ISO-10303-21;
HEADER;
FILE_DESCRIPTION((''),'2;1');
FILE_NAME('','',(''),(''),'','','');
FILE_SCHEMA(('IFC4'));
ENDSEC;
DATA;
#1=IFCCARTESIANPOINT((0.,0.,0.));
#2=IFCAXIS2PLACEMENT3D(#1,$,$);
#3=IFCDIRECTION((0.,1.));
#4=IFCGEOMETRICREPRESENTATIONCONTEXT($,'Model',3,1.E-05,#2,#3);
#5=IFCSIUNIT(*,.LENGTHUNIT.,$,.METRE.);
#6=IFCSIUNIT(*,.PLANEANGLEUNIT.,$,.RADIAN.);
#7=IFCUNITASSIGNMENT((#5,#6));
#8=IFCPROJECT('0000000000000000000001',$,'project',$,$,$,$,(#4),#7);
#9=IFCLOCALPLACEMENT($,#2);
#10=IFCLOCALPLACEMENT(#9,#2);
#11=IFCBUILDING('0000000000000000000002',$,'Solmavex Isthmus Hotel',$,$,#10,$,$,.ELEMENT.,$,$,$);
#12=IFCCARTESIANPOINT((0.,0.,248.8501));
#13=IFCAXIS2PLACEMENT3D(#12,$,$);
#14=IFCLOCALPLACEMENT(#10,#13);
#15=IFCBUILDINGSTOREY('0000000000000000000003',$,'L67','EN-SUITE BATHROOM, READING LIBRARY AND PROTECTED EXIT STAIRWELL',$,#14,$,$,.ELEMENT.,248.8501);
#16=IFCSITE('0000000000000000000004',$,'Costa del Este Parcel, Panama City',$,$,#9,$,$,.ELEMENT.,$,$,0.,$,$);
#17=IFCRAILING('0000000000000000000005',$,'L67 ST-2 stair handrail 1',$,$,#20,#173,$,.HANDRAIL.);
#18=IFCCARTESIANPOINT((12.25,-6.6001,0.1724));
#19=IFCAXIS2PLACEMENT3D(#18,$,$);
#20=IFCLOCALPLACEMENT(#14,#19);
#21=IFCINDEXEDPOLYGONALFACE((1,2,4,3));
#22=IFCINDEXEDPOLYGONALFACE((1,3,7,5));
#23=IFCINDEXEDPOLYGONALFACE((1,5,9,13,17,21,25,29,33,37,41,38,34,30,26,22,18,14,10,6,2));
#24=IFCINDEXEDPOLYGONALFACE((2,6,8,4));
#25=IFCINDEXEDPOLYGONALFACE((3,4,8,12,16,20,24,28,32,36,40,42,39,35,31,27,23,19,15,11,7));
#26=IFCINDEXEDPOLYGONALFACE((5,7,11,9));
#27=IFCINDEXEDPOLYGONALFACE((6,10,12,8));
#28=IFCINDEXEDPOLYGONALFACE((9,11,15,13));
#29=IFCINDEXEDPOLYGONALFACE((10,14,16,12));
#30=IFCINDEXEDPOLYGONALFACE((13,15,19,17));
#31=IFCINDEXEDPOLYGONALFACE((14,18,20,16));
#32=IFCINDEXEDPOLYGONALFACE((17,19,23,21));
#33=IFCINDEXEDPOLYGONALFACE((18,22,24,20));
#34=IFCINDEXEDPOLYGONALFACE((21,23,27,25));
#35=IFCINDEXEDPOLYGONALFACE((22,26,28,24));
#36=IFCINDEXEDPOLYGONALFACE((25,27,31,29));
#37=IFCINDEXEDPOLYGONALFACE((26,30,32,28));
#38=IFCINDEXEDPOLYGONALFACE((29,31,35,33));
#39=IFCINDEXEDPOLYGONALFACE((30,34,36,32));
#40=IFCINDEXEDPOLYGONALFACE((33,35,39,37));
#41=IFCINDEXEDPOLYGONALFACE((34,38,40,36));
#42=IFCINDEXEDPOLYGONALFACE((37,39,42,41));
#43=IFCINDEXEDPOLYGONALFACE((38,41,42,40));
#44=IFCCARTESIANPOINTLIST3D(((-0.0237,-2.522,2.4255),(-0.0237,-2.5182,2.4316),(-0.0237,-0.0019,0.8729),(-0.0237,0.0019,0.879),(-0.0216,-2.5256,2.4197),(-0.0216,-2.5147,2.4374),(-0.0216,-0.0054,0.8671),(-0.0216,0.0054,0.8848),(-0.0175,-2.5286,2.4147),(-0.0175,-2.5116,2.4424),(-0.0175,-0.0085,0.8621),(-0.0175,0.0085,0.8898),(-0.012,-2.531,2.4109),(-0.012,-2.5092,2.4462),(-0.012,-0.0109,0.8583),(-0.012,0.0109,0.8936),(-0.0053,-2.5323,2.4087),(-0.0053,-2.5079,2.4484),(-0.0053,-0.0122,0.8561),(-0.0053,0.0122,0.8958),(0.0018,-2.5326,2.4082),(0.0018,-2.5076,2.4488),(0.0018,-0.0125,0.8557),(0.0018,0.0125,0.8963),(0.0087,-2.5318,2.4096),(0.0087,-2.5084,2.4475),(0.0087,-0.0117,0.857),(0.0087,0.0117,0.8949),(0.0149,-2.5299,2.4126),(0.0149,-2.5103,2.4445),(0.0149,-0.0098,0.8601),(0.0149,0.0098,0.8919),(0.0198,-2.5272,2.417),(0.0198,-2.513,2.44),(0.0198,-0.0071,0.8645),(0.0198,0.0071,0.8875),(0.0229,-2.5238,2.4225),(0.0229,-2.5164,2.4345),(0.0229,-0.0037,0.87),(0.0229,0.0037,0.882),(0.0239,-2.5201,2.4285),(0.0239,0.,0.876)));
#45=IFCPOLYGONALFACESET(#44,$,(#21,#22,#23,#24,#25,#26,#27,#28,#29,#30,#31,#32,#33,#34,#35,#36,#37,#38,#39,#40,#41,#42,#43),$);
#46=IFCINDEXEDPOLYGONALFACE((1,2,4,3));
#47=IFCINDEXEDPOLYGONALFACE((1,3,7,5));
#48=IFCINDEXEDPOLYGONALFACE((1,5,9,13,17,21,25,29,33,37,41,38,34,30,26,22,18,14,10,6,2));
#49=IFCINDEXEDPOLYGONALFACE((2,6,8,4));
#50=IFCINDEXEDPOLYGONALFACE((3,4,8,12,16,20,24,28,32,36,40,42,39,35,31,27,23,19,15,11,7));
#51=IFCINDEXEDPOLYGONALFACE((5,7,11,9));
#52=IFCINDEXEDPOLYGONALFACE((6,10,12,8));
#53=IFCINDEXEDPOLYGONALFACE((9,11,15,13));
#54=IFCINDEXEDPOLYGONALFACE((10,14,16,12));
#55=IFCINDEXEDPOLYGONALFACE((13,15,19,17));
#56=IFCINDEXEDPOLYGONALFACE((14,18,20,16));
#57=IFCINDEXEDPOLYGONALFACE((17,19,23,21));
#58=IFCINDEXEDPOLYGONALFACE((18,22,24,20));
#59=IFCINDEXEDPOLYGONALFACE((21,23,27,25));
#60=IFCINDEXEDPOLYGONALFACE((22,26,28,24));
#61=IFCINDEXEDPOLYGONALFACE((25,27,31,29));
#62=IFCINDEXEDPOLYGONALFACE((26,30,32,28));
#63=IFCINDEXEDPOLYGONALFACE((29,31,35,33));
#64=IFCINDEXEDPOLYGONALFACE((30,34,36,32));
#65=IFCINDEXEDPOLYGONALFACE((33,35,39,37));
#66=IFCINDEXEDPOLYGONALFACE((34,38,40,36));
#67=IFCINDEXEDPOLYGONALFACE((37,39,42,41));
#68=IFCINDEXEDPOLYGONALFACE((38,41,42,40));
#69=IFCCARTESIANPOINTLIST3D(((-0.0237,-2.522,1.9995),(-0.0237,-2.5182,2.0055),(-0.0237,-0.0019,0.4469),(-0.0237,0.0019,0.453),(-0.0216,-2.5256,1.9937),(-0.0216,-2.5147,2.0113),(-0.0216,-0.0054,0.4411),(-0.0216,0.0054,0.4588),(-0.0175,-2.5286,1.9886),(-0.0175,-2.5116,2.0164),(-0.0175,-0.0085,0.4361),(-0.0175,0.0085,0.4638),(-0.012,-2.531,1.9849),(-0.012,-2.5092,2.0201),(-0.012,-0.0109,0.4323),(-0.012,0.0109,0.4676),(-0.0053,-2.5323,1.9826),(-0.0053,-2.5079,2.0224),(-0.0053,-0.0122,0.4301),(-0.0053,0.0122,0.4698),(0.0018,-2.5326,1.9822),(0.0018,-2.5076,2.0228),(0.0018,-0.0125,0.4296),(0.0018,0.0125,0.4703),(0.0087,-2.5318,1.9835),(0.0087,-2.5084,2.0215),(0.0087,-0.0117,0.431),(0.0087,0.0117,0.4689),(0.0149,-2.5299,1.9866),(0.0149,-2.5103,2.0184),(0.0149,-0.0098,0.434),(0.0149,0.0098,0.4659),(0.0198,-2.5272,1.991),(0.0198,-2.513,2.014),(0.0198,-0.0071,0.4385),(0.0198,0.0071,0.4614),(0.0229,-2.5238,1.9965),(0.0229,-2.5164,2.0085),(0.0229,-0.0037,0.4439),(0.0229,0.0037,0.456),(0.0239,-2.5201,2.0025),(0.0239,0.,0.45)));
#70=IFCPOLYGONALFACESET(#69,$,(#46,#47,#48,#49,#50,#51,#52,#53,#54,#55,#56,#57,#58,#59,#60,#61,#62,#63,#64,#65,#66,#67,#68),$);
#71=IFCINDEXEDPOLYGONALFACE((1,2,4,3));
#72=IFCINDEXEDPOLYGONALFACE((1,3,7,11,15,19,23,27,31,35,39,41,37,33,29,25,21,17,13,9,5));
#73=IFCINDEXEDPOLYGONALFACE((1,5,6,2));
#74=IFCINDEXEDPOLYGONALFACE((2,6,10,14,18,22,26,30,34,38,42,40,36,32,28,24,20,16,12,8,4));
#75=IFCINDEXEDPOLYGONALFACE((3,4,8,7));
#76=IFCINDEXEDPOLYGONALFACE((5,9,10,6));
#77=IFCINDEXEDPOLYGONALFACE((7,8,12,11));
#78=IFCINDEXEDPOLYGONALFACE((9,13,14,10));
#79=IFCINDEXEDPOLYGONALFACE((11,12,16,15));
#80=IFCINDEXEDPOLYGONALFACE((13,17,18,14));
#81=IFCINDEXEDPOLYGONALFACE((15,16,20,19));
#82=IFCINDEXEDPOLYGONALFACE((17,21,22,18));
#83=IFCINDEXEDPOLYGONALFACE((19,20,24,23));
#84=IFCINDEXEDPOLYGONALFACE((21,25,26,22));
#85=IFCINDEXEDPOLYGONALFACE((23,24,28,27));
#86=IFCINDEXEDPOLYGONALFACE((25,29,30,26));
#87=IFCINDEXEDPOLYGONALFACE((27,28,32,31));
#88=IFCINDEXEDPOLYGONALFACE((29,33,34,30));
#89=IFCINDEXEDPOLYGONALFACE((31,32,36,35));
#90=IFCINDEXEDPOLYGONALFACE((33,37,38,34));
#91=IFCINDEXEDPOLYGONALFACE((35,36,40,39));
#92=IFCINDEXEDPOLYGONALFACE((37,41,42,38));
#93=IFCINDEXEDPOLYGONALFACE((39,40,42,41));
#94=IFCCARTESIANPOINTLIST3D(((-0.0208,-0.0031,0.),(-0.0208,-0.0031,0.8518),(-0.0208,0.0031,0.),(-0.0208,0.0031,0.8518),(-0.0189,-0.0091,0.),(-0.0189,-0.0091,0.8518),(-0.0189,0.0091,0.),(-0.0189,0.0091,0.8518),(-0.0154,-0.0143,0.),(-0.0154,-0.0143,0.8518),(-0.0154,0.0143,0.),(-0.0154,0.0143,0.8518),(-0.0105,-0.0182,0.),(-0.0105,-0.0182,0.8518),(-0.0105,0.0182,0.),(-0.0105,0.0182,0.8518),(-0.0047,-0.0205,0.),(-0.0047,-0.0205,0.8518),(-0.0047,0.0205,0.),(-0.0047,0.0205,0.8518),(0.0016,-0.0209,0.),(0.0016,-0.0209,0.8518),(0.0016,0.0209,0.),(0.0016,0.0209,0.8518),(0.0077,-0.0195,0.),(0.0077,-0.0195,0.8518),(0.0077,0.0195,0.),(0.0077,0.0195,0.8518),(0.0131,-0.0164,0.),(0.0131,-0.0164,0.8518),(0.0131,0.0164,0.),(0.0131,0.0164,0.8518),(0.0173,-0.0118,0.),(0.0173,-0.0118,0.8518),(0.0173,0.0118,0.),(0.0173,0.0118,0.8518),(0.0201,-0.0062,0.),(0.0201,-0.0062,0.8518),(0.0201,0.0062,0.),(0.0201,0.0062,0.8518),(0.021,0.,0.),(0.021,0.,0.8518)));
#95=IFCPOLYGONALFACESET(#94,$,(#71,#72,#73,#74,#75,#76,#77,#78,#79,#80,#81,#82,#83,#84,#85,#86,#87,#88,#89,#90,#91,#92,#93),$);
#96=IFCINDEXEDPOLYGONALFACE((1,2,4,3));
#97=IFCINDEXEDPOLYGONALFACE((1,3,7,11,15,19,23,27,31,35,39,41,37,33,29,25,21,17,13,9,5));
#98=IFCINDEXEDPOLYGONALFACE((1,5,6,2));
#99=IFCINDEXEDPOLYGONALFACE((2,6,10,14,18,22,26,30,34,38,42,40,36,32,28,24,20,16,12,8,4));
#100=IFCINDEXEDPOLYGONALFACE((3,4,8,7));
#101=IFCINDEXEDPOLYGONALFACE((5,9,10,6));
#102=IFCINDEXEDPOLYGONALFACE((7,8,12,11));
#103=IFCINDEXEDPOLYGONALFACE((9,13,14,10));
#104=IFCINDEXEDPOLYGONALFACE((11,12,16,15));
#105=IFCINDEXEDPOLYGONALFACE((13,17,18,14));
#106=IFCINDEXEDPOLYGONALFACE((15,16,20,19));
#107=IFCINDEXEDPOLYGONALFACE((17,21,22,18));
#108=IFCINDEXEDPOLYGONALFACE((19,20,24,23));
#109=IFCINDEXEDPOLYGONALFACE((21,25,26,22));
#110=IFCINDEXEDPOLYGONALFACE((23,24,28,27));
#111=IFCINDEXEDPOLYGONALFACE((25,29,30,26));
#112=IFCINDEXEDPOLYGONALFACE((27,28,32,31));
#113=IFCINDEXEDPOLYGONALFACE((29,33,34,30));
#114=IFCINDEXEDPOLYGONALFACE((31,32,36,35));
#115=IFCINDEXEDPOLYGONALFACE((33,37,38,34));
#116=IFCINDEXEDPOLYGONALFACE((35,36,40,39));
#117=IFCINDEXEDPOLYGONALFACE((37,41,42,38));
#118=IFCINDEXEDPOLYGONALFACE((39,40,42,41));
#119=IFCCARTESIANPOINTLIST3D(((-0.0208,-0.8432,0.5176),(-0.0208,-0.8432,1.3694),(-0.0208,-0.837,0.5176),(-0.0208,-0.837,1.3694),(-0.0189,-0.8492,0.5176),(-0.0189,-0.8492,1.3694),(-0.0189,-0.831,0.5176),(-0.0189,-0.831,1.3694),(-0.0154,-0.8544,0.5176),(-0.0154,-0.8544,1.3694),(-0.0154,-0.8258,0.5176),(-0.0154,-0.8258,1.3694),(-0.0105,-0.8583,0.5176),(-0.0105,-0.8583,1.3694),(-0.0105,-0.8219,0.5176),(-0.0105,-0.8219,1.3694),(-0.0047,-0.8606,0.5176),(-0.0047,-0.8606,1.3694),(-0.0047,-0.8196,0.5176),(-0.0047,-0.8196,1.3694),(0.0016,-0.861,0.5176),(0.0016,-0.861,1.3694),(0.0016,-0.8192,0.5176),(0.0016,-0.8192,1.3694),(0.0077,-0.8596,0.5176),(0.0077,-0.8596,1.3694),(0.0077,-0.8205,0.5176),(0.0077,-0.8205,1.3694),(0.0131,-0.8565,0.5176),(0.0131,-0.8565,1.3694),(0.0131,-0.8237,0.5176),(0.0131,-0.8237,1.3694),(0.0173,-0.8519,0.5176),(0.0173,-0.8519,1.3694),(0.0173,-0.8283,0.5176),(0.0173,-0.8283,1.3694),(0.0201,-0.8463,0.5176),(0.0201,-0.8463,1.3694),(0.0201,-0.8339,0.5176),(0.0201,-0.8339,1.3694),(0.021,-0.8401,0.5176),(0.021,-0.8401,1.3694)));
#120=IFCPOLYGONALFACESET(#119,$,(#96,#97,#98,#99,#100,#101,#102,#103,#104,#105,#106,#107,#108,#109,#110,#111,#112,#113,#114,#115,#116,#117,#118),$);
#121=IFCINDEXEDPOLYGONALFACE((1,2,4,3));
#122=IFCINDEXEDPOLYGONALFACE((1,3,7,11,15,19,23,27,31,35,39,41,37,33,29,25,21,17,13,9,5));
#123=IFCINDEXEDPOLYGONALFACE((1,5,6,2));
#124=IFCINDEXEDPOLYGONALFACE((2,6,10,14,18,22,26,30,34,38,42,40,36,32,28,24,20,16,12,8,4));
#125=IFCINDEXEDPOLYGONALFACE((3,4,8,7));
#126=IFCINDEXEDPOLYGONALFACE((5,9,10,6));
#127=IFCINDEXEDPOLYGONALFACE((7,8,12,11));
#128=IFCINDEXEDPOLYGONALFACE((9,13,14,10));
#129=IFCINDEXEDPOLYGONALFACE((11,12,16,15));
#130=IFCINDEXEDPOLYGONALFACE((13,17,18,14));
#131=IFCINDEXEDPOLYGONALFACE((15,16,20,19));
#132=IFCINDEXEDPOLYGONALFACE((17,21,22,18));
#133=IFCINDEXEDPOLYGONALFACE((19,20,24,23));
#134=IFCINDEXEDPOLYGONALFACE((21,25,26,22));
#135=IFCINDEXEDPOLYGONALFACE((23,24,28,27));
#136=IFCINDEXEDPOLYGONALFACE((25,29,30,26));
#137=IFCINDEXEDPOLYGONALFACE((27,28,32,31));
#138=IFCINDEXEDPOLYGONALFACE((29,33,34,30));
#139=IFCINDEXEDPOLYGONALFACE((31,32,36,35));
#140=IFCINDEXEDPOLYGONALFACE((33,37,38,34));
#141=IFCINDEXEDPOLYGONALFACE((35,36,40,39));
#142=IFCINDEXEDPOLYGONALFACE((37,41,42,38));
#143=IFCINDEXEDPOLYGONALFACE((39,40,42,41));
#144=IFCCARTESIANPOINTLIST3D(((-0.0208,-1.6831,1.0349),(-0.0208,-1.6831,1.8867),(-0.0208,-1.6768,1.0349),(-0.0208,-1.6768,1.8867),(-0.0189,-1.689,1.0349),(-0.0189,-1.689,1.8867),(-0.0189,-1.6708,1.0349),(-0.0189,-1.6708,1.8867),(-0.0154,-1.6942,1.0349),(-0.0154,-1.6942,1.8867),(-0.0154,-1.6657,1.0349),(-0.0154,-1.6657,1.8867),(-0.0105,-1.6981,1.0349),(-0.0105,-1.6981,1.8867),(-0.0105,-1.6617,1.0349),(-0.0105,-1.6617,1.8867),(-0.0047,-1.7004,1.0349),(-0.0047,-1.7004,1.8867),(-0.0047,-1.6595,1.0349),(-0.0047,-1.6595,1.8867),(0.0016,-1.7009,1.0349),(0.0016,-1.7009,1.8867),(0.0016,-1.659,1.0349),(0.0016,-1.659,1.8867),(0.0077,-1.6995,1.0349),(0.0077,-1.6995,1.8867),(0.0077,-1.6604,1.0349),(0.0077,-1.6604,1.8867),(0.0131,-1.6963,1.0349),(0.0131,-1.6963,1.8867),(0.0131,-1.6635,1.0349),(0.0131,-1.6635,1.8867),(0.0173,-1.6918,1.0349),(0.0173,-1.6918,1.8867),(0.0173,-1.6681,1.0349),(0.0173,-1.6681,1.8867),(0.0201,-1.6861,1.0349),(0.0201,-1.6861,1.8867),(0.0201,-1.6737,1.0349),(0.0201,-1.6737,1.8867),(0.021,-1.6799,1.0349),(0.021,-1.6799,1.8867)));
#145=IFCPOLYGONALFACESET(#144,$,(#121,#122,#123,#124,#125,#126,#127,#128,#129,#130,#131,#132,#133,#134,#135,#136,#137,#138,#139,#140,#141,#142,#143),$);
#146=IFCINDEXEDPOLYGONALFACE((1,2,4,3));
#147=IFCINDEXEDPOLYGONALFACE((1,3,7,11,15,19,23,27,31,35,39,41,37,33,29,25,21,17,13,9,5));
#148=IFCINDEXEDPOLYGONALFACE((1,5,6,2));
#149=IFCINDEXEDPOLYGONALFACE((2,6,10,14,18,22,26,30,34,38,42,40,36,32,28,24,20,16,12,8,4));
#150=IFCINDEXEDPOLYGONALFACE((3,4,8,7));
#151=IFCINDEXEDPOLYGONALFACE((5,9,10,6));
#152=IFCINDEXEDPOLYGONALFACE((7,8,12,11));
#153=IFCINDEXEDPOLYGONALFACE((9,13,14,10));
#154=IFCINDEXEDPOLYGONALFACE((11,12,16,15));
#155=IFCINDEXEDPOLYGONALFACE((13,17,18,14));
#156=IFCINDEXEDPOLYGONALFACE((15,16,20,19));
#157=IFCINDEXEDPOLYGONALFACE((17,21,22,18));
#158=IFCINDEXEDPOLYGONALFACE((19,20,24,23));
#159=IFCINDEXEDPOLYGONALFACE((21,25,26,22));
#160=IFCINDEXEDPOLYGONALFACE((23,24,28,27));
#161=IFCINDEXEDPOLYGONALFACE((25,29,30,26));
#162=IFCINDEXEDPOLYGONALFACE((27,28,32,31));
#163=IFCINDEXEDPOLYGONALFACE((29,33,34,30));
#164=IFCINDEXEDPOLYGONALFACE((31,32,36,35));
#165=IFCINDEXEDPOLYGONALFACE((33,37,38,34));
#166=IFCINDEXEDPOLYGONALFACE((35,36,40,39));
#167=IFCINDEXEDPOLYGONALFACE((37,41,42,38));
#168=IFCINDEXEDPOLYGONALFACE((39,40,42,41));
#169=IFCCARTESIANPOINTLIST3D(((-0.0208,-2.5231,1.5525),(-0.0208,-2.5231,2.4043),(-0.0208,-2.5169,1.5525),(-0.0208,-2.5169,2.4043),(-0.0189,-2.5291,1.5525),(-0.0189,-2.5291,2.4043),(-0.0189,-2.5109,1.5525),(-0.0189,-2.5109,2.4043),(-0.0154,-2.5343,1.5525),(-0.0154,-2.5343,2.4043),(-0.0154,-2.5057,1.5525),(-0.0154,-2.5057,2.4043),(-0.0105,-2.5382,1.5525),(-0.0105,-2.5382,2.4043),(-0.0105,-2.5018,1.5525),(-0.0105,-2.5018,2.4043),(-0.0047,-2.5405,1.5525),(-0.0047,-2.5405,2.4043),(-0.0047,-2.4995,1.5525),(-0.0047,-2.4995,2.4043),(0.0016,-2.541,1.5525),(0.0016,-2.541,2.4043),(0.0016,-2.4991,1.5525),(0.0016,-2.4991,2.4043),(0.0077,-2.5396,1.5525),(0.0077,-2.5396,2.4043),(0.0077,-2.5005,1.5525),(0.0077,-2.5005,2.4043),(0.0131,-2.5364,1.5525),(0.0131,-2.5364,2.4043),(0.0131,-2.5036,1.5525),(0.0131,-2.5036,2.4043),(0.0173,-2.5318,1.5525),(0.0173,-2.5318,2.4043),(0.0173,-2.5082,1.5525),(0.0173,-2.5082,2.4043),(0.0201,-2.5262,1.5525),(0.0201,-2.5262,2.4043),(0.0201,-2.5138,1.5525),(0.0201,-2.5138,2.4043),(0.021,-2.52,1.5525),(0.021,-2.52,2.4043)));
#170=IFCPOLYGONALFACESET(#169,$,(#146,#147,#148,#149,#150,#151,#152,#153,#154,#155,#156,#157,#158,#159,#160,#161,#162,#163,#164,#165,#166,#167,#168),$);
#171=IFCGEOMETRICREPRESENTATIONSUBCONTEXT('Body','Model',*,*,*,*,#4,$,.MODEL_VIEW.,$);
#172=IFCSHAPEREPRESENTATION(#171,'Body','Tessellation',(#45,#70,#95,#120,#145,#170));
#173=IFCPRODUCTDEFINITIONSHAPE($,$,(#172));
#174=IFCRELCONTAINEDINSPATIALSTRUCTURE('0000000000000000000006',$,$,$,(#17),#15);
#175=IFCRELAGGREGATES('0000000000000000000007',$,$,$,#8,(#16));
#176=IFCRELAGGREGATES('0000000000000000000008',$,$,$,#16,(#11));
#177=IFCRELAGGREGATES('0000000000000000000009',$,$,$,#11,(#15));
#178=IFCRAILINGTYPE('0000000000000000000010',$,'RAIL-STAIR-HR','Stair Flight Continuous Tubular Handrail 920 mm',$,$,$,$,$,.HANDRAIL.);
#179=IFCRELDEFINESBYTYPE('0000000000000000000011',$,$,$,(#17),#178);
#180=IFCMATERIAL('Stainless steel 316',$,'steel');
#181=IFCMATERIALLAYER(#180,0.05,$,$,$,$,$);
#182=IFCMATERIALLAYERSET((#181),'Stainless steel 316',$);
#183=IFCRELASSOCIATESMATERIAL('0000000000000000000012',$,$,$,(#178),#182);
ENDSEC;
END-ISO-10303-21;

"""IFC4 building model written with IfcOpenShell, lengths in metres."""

from ifc_helpers import new_model, si_unit, direction, frame, origin, origin_2d, place, context, subcontext, project, spatial, circle, extrude, material, layer, layer_set, type_object, element, save


model = new_model("IFC4")

# Units and contexts
model_context = context("Model", 3, precision=1e-05, world=origin(), true_north=direction((0.0, 1.0)))
body_context = subcontext(model_context, "Body", "Model", "MODEL_VIEW")
ifc_project = project(units=[si_unit("LENGTHUNIT", "METRE"), si_unit("PLANEANGLEUNIT", "RADIAN")], contexts=[model_context])

# Site, building, storey
site_placement = place(None, origin())
site = spatial("IfcSite", under=ifc_project, at=site_placement, Name="Costa del Este Parcel, Panama City", CompositionType="ELEMENT", RefElevation=0.0)
building_placement = place(site_placement, origin())
building = spatial("IfcBuilding", under=site, at=building_placement, Name="Solmavex Isthmus Hotel", CompositionType="ELEMENT")
storey_placement = place(building_placement, frame((0.0, 0.0, 248.8501)))
storey = spatial("IfcBuildingStorey", under=building, at=storey_placement, Name="L67", Description="EN-SUITE BATHROOM, READING LIBRARY AND PROTECTED EXIT STAIRWELL", CompositionType="ELEMENT", Elevation=248.8501)

# Shared definitions
ifc_material_1 = material(Name="Stainless steel 316", Category="steel")

# Railing
ifc_layer_1 = layer(ifc_material_1, 0.05)
ifc_layer_set_1 = layer_set([ifc_layer_1], Name="Stainless steel 316")
railing_type_1 = type_object("IfcRailingType", Name="RAIL-STAIR-HR", Description="Stair Flight Continuous Tubular Handrail 920 mm", PredefinedType="HANDRAIL", material=ifc_layer_set_1)
railing_1_placement = place(storey_placement, frame((12.25, -6.6001, 0.1724)))
element("IfcRailing", 1, at=railing_1_placement, inside=storey, type_object=railing_type_1, Name="L67 ST-2 stair handrail 1", PredefinedType="HANDRAIL", context=body_context, shape_type="SweptSolid", body=[
    extrude(circle(Radius=0.0239, at=origin_2d()), frame((0.0, 0.0, 0.876), z_axis=(0.0, -0.8514, 0.524516), x_axis=(1.0, 0.0, 0.0)), (0.0, 0.0, 1.0), 2.96),
    extrude(circle(Radius=0.0239, at=origin_2d()), frame((0.0, 0.0, 0.45), z_axis=(0.0, -0.8514, 0.524516), x_axis=(1.0, 0.0, 0.0)), (0.0, 0.0, 1.0), 2.96),
    extrude(circle(Radius=0.021, at=origin_2d()), origin(), (0.0, 0.0, 1.0), 0.8518),
    extrude(circle(Radius=0.021, at=origin_2d()), frame((0.0, -0.8401, 0.5176)), (0.0, 0.0, 1.0), 0.8518),
    extrude(circle(Radius=0.021, at=origin_2d()), frame((0.0, -1.6799, 1.0349)), (0.0, 0.0, 1.0), 0.8518),
    extrude(circle(Radius=0.021, at=origin_2d()), frame((0.0, -2.52, 1.5525)), (0.0, 0.0, 1.0), 0.8518),
])

save(model, "model.ifc")
